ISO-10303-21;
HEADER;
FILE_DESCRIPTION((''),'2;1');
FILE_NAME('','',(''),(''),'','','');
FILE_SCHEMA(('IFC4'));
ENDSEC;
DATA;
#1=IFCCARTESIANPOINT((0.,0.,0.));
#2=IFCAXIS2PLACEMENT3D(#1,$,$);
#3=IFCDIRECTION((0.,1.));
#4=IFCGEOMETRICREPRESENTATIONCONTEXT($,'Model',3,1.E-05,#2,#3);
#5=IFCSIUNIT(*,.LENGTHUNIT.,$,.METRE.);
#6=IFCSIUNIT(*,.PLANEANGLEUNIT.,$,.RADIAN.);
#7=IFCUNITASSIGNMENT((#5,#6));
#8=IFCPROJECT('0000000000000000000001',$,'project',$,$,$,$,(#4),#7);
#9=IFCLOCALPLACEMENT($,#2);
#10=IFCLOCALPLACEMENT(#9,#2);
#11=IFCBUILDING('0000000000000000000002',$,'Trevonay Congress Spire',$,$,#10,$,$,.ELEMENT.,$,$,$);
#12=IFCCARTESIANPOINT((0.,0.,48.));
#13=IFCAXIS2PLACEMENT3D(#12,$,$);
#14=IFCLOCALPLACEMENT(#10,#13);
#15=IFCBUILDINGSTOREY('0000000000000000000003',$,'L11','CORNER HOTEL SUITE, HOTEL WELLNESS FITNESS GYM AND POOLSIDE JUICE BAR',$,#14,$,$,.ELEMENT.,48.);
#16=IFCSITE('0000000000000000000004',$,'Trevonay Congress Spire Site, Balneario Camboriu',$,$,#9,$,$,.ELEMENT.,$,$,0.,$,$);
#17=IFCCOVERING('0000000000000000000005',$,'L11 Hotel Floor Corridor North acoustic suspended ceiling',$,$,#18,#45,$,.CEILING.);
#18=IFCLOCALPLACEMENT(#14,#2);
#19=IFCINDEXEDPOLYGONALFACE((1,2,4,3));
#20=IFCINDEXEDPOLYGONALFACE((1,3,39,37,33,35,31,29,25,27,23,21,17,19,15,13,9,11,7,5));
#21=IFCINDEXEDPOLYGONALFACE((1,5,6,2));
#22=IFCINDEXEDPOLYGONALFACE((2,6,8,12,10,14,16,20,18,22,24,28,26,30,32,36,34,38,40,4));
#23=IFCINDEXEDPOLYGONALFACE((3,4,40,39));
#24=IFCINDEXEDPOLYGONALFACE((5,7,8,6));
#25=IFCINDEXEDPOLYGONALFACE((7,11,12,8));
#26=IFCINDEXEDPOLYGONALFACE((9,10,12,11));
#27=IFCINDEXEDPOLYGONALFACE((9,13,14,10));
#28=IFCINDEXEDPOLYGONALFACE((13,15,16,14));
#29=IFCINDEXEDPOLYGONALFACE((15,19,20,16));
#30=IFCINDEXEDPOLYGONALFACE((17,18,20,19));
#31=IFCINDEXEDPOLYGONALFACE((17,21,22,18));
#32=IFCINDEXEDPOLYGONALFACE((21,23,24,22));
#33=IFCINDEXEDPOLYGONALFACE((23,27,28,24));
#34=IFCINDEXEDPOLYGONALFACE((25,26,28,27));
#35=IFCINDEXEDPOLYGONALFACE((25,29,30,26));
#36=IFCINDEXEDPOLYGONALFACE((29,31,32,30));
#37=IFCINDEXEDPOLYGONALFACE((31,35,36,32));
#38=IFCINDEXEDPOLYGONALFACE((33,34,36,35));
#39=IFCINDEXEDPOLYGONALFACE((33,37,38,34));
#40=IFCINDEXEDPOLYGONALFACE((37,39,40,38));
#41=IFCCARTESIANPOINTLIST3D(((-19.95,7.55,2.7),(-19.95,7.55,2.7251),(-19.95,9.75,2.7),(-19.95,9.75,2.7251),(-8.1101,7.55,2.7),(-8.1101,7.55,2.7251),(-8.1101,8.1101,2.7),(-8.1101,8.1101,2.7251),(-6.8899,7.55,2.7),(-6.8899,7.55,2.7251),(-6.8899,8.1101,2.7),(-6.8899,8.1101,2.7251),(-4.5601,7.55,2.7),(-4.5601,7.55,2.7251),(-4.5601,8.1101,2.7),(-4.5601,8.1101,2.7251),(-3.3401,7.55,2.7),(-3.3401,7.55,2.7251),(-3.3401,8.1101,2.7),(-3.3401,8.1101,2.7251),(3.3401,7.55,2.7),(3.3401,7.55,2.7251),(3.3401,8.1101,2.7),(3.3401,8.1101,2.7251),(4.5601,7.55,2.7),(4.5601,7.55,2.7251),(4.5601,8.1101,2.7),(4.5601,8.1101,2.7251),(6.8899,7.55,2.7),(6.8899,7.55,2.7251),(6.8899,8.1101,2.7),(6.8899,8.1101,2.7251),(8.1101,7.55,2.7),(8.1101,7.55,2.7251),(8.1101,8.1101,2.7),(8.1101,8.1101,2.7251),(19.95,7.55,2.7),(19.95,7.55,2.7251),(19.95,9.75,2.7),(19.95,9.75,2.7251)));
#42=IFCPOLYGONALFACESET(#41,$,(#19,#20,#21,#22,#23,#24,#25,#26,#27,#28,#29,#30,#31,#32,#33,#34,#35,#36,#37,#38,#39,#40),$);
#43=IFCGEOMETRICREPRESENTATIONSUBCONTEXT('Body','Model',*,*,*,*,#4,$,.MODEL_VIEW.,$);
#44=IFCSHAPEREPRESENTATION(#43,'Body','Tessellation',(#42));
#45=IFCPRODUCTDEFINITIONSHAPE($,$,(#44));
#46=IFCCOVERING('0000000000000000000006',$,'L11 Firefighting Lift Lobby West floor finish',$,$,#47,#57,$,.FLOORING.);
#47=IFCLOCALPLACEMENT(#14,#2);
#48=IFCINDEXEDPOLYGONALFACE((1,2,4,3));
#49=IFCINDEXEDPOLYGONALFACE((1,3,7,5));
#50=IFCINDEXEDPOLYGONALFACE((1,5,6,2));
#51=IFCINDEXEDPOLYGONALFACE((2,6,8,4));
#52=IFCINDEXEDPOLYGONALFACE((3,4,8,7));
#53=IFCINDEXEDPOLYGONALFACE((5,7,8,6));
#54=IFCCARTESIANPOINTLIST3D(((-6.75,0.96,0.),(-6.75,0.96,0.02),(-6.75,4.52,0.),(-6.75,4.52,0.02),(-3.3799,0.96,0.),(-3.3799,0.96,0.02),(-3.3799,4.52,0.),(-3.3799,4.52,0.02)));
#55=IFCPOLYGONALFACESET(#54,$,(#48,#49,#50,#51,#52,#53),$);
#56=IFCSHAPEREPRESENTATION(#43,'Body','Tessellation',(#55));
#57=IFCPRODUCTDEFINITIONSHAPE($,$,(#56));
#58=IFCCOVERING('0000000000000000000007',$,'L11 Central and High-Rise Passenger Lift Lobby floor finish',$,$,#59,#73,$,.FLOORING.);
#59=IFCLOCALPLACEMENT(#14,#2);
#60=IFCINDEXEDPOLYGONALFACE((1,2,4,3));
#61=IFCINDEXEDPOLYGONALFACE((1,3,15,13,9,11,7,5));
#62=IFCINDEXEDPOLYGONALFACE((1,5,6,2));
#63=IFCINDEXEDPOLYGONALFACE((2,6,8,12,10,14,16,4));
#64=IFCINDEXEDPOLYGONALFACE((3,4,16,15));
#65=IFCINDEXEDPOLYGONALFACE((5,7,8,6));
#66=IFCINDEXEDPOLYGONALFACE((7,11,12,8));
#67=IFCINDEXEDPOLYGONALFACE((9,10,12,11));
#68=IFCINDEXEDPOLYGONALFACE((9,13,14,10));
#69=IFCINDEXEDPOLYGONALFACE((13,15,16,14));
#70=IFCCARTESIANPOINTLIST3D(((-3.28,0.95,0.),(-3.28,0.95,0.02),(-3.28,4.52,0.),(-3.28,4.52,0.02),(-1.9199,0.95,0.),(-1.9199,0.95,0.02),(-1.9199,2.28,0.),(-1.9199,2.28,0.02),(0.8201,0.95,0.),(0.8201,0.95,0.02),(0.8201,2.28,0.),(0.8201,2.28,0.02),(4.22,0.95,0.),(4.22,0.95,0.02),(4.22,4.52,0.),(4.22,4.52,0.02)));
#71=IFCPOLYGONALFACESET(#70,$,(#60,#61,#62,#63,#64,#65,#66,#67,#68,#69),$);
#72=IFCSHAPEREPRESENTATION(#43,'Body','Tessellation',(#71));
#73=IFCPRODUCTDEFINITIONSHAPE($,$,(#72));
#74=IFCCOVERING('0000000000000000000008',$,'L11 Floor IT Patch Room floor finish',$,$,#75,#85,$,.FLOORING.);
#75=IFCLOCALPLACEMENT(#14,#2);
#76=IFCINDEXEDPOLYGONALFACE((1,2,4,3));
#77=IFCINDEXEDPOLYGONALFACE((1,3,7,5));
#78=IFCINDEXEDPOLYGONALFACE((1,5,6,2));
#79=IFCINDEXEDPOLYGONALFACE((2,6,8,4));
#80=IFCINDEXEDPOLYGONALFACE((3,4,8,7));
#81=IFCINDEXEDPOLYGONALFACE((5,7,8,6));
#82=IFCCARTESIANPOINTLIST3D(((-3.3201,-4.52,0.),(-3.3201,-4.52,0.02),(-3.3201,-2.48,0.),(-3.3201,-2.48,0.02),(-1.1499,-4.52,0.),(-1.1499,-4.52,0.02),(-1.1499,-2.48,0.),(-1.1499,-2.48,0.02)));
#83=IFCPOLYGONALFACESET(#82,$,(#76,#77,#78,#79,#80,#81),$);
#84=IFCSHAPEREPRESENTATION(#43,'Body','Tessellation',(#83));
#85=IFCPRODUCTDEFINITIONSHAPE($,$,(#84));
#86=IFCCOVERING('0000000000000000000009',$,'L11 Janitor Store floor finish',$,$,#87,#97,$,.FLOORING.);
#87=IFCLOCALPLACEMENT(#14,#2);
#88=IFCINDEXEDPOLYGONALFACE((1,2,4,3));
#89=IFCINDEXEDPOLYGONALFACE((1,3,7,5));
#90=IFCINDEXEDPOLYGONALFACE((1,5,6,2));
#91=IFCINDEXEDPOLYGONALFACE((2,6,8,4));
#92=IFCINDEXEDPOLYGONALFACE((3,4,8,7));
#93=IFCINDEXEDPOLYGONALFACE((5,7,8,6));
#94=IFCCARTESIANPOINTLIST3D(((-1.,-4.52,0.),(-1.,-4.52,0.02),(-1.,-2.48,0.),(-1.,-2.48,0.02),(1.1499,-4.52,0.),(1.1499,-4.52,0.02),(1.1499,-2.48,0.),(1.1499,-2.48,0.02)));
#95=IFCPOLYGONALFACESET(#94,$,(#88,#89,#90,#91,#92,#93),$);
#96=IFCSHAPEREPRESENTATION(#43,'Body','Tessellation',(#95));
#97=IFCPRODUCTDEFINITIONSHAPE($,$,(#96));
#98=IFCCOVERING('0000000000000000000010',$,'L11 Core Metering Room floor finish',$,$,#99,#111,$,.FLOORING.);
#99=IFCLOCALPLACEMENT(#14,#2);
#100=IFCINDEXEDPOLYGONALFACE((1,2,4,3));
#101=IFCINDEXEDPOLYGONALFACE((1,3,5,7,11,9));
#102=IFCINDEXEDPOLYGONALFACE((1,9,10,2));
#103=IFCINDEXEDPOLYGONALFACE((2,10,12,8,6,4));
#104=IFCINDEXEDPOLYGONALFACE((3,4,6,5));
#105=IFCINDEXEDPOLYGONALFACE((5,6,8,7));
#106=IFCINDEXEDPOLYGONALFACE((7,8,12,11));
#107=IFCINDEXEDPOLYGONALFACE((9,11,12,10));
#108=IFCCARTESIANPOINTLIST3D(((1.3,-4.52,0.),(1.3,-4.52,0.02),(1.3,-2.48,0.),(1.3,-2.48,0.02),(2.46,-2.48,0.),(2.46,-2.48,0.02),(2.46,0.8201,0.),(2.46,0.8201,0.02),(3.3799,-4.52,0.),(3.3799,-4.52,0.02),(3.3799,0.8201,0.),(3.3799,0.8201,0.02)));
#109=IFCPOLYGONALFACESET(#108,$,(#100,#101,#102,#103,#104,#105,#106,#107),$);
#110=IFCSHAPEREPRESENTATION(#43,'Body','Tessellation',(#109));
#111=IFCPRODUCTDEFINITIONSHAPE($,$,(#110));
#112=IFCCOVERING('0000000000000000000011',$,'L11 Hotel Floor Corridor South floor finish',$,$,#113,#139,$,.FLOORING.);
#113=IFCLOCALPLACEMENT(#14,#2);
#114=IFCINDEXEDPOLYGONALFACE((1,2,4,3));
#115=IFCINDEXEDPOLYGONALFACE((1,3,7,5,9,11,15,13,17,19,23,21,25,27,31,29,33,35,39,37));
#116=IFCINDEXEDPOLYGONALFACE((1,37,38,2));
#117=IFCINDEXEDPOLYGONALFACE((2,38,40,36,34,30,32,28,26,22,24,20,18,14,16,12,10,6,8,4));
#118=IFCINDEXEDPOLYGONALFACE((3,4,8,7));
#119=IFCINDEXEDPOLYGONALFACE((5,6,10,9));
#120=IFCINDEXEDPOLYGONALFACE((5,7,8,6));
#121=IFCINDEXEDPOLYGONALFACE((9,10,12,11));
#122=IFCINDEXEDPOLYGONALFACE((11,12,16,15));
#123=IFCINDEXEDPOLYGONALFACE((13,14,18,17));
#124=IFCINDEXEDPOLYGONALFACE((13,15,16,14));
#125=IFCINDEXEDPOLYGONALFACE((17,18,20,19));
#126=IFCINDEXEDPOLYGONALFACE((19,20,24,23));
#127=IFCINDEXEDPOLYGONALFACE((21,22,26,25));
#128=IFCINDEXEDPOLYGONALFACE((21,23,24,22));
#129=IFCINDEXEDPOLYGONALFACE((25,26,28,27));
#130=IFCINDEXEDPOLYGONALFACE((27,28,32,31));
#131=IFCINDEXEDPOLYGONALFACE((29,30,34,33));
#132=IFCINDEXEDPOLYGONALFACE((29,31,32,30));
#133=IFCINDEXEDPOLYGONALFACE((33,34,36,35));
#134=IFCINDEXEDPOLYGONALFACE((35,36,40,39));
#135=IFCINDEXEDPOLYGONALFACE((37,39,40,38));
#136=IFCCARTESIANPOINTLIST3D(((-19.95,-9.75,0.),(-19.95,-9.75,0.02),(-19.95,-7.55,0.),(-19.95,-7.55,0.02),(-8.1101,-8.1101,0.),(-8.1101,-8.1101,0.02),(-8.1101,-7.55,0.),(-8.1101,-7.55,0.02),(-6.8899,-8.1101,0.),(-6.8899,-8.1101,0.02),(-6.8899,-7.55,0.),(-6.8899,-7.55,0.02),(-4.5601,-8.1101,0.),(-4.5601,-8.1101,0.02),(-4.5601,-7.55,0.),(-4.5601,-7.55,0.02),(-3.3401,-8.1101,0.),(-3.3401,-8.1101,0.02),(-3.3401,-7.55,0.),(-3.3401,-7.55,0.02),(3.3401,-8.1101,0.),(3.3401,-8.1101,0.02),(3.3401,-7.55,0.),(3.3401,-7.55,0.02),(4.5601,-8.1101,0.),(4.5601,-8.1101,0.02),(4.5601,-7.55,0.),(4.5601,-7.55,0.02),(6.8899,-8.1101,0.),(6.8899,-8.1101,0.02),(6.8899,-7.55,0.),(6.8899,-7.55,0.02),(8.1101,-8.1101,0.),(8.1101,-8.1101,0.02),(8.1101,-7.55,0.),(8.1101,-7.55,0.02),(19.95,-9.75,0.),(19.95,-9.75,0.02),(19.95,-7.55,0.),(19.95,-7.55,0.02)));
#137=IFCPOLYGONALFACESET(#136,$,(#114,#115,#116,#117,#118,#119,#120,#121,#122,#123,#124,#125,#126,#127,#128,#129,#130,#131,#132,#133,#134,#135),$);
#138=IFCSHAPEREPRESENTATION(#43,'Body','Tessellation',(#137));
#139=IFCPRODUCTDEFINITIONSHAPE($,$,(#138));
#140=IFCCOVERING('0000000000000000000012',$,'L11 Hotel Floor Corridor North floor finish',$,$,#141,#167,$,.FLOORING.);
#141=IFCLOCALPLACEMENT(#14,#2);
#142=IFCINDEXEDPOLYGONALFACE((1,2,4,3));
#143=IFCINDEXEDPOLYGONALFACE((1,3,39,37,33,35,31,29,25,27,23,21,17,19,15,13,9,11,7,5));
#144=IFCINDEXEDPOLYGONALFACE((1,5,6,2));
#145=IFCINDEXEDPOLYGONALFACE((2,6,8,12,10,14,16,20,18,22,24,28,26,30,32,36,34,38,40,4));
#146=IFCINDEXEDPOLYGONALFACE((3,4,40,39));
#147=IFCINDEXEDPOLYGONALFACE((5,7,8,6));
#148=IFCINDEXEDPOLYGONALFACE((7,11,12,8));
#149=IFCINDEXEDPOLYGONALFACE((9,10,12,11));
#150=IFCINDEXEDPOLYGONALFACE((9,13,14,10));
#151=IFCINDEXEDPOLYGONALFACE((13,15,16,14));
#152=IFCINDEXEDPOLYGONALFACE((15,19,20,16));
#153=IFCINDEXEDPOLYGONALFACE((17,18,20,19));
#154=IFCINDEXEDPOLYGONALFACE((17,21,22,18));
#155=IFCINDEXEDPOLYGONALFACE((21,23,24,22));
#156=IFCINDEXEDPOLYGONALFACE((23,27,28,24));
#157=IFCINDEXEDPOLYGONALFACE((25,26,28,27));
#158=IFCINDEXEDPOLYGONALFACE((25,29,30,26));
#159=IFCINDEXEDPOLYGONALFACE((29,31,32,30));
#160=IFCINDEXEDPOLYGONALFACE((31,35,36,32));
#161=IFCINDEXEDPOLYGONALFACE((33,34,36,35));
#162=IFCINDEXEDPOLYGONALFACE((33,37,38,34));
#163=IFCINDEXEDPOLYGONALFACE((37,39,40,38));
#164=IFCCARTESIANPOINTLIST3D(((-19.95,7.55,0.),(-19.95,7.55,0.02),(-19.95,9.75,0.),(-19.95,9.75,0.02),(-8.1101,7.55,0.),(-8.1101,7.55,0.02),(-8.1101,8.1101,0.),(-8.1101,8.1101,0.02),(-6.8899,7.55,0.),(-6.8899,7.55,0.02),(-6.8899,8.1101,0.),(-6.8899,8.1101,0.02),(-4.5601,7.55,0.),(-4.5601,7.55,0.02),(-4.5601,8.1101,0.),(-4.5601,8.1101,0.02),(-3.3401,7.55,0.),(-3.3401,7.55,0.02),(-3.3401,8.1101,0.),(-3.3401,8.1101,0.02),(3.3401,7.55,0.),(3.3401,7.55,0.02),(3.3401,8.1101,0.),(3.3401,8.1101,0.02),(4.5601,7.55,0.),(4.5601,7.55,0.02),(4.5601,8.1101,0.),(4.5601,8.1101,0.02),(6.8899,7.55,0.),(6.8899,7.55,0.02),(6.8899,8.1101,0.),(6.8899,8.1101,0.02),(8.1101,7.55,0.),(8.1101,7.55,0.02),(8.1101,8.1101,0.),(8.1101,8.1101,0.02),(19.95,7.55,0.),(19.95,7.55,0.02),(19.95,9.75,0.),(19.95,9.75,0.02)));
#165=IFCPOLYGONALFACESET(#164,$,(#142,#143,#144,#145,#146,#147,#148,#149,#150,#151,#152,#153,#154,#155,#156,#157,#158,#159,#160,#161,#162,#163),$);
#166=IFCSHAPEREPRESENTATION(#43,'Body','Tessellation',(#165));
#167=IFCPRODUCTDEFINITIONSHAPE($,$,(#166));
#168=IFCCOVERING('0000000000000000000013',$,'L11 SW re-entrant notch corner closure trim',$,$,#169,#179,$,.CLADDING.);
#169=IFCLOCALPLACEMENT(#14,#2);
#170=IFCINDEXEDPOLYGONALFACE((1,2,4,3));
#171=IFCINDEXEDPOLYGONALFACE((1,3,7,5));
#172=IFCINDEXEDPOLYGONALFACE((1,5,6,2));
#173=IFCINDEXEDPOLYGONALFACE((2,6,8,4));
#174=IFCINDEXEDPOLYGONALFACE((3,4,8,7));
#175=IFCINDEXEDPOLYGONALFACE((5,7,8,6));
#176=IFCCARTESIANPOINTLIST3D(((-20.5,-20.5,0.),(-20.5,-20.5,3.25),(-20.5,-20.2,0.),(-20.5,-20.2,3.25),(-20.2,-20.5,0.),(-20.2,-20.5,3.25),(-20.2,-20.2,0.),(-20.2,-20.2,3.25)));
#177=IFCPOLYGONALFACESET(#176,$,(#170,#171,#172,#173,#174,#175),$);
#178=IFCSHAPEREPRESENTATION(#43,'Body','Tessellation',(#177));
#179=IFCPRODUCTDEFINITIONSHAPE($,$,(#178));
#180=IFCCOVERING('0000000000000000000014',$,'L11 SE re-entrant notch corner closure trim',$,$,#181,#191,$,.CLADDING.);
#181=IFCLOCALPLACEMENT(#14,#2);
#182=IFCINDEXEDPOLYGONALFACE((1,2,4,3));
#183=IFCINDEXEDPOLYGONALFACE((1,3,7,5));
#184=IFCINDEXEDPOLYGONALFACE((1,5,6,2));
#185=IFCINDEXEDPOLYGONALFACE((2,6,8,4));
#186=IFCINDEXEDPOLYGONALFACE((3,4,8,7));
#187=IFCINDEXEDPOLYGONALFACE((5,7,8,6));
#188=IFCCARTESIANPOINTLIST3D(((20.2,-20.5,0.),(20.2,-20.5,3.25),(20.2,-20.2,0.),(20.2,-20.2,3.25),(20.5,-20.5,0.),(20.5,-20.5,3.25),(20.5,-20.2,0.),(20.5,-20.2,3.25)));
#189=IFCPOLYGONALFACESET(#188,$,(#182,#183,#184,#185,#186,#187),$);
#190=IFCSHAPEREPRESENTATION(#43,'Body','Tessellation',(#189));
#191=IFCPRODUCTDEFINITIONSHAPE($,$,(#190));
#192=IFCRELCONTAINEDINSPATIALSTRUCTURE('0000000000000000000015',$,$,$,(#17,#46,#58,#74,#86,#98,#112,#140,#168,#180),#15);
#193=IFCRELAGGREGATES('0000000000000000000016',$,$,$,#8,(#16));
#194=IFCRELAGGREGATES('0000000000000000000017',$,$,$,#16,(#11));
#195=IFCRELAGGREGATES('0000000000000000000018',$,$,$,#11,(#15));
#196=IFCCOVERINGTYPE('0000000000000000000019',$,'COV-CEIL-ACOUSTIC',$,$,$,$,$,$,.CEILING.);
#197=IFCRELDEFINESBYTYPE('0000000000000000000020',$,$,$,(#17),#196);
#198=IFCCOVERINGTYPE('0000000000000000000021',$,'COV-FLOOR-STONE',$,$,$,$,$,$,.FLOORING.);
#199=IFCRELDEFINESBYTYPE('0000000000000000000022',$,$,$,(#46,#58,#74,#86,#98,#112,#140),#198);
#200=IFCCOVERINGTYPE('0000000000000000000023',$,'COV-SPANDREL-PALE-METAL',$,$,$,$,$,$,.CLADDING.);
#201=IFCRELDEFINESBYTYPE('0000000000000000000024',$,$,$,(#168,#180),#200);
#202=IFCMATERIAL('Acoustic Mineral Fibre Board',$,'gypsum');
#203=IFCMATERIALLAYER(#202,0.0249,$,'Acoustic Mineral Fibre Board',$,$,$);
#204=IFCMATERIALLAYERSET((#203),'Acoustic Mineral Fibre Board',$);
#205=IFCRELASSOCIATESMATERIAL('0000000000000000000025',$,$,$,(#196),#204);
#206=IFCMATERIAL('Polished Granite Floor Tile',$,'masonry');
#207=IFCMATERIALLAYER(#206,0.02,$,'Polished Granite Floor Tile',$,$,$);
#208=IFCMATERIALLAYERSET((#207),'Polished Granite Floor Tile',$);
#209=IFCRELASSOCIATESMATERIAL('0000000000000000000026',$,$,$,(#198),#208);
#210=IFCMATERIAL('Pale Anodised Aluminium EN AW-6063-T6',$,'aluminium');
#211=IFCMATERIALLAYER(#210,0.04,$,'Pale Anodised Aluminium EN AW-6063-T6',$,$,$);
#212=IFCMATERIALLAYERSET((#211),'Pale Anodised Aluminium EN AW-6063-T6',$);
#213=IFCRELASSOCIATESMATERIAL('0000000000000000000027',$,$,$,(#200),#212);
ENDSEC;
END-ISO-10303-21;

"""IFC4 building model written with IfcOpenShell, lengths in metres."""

from ifc_helpers import new_model, si_unit, direction, frame, origin, place, context, subcontext, project, spatial, polyline, outline, extrude, material, layer, layer_set, type_object, element, save


model = new_model("IFC4")

# Units and contexts
model_context = context("Model", 3, precision=1e-05, world=origin(), true_north=direction((0.0, 1.0)))
body_context = subcontext(model_context, "Body", "Model", "MODEL_VIEW")
ifc_project = project(units=[si_unit("LENGTHUNIT", "METRE"), si_unit("PLANEANGLEUNIT", "RADIAN")], contexts=[model_context])

# Site, building, storey
site_placement = place(None, origin())
site = spatial("IfcSite", under=ifc_project, at=site_placement, Name="Trevonay Congress Spire Site, Balneario Camboriu", CompositionType="ELEMENT", RefElevation=0.0)
building_placement = place(site_placement, origin())
building = spatial("IfcBuilding", under=site, at=building_placement, Name="Trevonay Congress Spire", CompositionType="ELEMENT")
storey_placement = place(building_placement, frame((0.0, 0.0, 48.0)))
storey = spatial("IfcBuildingStorey", under=building, at=storey_placement, Name="L11", Description="CORNER HOTEL SUITE, HOTEL WELLNESS FITNESS GYM AND POOLSIDE JUICE BAR", CompositionType="ELEMENT", Elevation=48.0)

# Shared definitions
ifc_material_1 = material(Name="Pale Anodised Aluminium EN AW-6063-T6", Category="aluminium")

# Coverings
ifc_material_2 = material(Name="Acoustic Mineral Fibre Board", Category="gypsum")
ifc_layer_1 = layer(ifc_material_2, 0.0249, Name="Acoustic Mineral Fibre Board")
ifc_layer_set_1 = layer_set([ifc_layer_1], Name="Acoustic Mineral Fibre Board")
covering_type_1 = type_object("IfcCoveringType", Name="COV-CEIL-ACOUSTIC", PredefinedType="CEILING", material=ifc_layer_set_1)
covering_1_placement = place(storey_placement, frame((0.0, 0.0, 2.7)))
element("IfcCovering", 1, at=covering_1_placement, inside=storey, type_object=covering_type_1, Name="L11 Hotel Floor Corridor North acoustic suspended ceiling", PredefinedType="CEILING", context=body_context, shape_type="SweptSolid", body=[
    extrude(outline(polyline([(-19.95, 7.55), (-19.95, 9.75), (19.95, 9.75), (19.95, 7.55), (8.1101, 7.55), (8.1101, 8.1101), (6.8899, 8.1101), (6.8899, 7.55), (4.5601, 7.55), (4.5601, 8.1101), (3.3401, 8.1101), (3.3401, 7.55), (-3.3401, 7.55), (-3.3401, 8.1101), (-4.5601, 8.1101), (-4.5601, 7.55), (-6.8899, 7.55), (-6.8899, 8.1101), (-8.1101, 8.1101), (-8.1101, 7.55), (-19.95, 7.55)])), origin(), (0.0, 0.0, 1.0), 0.0251),
])
ifc_material_3 = material(Name="Polished Granite Floor Tile", Category="masonry")
ifc_layer_2 = layer(ifc_material_3, 0.02, Name="Polished Granite Floor Tile")
ifc_layer_set_2 = layer_set([ifc_layer_2], Name="Polished Granite Floor Tile")
covering_type_2 = type_object("IfcCoveringType", Name="COV-FLOOR-STONE", PredefinedType="FLOORING", material=ifc_layer_set_2)
covering_2_placement = place(storey_placement, origin())
element("IfcCovering", 2, at=covering_2_placement, inside=storey, type_object=covering_type_2, Name="L11 Firefighting Lift Lobby West floor finish", PredefinedType="FLOORING", context=body_context, shape_type="SweptSolid", body=[
    extrude(outline(polyline([(-6.75, 0.96), (-3.3799, 0.96), (-3.3799, 4.52), (-6.75, 4.52), (-6.75, 0.96)])), origin(), (0.0, 0.0, 1.0), 0.02),
])
covering_3_placement = place(storey_placement, origin())
element("IfcCovering", 3, at=covering_3_placement, inside=storey, type_object=covering_type_2, Name="L11 Central and High-Rise Passenger Lift Lobby floor finish", PredefinedType="FLOORING", context=body_context, shape_type="SweptSolid", body=[
    extrude(outline(polyline([(-3.28, 0.95), (-1.9199, 0.95), (-1.9199, 2.28), (0.8201, 2.28), (0.8201, 0.95), (4.22, 0.95), (4.22, 4.52), (-3.28, 4.52), (-3.28, 0.95)])), origin(), (0.0, 0.0, 1.0), 0.02),
])
covering_4_placement = place(storey_placement, origin())
element("IfcCovering", 4, at=covering_4_placement, inside=storey, type_object=covering_type_2, Name="L11 Floor IT Patch Room floor finish", PredefinedType="FLOORING", context=body_context, shape_type="SweptSolid", body=[
    extrude(outline(polyline([(-3.3201, -4.52), (-1.1499, -4.52), (-1.1499, -2.48), (-3.3201, -2.48), (-3.3201, -4.52)])), origin(), (0.0, 0.0, 1.0), 0.02),
])
covering_5_placement = place(storey_placement, origin())
element("IfcCovering", 5, at=covering_5_placement, inside=storey, type_object=covering_type_2, Name="L11 Janitor Store floor finish", PredefinedType="FLOORING", context=body_context, shape_type="SweptSolid", body=[
    extrude(outline(polyline([(-1.0, -4.52), (1.1499, -4.52), (1.1499, -2.48), (-1.0, -2.48), (-1.0, -4.52)])), origin(), (0.0, 0.0, 1.0), 0.02),
])
covering_6_placement = place(storey_placement, origin())
element("IfcCovering", 6, at=covering_6_placement, inside=storey, type_object=covering_type_2, Name="L11 Core Metering Room floor finish", PredefinedType="FLOORING", context=body_context, shape_type="SweptSolid", body=[
    extrude(outline(polyline([(1.3, -4.52), (3.3799, -4.52), (3.3799, 0.8201), (2.46, 0.8201), (2.46, -2.48), (1.3, -2.48), (1.3, -4.52)])), origin(), (0.0, 0.0, 1.0), 0.02),
])
covering_7_placement = place(storey_placement, origin())
element("IfcCovering", 7, at=covering_7_placement, inside=storey, type_object=covering_type_2, Name="L11 Hotel Floor Corridor South floor finish", PredefinedType="FLOORING", context=body_context, shape_type="SweptSolid", body=[
    extrude(outline(polyline([(19.95, -7.55), (19.95, -9.75), (-19.95, -9.75), (-19.95, -7.55), (-8.1101, -7.55), (-8.1101, -8.1101), (-6.8899, -8.1101), (-6.8899, -7.55), (-4.5601, -7.55), (-4.5601, -8.1101), (-3.3401, -8.1101), (-3.3401, -7.55), (3.3401, -7.55), (3.3401, -8.1101), (4.5601, -8.1101), (4.5601, -7.55), (6.8899, -7.55), (6.8899, -8.1101), (8.1101, -8.1101), (8.1101, -7.55), (19.95, -7.55)])), origin(), (0.0, 0.0, 1.0), 0.02),
])
covering_8_placement = place(storey_placement, origin())
element("IfcCovering", 8, at=covering_8_placement, inside=storey, type_object=covering_type_2, Name="L11 Hotel Floor Corridor North floor finish", PredefinedType="FLOORING", context=body_context, shape_type="SweptSolid", body=[
    extrude(outline(polyline([(-19.95, 7.55), (-19.95, 9.75), (19.95, 9.75), (19.95, 7.55), (8.1101, 7.55), (8.1101, 8.1101), (6.8899, 8.1101), (6.8899, 7.55), (4.5601, 7.55), (4.5601, 8.1101), (3.3401, 8.1101), (3.3401, 7.55), (-3.3401, 7.55), (-3.3401, 8.1101), (-4.5601, 8.1101), (-4.5601, 7.55), (-6.8899, 7.55), (-6.8899, 8.1101), (-8.1101, 8.1101), (-8.1101, 7.55), (-19.95, 7.55)])), origin(), (0.0, 0.0, 1.0), 0.02),
])
ifc_layer_3 = layer(ifc_material_1, 0.04, Name="Pale Anodised Aluminium EN AW-6063-T6")
ifc_layer_set_3 = layer_set([ifc_layer_3], Name="Pale Anodised Aluminium EN AW-6063-T6")
covering_type_3 = type_object("IfcCoveringType", Name="COV-SPANDREL-PALE-METAL", PredefinedType="CLADDING", material=ifc_layer_set_3)
covering_9_placement = place(storey_placement, origin())
element("IfcCovering", 9, at=covering_9_placement, inside=storey, type_object=covering_type_3, Name="L11 SW re-entrant notch corner closure trim", PredefinedType="CLADDING", context=body_context, shape_type="SweptSolid", body=[
    extrude(outline(polyline([(-20.5, -20.5), (-20.2, -20.5), (-20.2, -20.2), (-20.5, -20.2), (-20.5, -20.5)])), origin(), (0.0, 0.0, 1.0), 3.25),
])
covering_10_placement = place(storey_placement, origin())
element("IfcCovering", 10, at=covering_10_placement, inside=storey, type_object=covering_type_3, Name="L11 SE re-entrant notch corner closure trim", PredefinedType="CLADDING", context=body_context, shape_type="SweptSolid", body=[
    extrude(outline(polyline([(20.2, -20.5), (20.5, -20.5), (20.5, -20.2), (20.2, -20.2), (20.2, -20.5)])), origin(), (0.0, 0.0, 1.0), 3.25),
])

save(model, "model.ifc")
